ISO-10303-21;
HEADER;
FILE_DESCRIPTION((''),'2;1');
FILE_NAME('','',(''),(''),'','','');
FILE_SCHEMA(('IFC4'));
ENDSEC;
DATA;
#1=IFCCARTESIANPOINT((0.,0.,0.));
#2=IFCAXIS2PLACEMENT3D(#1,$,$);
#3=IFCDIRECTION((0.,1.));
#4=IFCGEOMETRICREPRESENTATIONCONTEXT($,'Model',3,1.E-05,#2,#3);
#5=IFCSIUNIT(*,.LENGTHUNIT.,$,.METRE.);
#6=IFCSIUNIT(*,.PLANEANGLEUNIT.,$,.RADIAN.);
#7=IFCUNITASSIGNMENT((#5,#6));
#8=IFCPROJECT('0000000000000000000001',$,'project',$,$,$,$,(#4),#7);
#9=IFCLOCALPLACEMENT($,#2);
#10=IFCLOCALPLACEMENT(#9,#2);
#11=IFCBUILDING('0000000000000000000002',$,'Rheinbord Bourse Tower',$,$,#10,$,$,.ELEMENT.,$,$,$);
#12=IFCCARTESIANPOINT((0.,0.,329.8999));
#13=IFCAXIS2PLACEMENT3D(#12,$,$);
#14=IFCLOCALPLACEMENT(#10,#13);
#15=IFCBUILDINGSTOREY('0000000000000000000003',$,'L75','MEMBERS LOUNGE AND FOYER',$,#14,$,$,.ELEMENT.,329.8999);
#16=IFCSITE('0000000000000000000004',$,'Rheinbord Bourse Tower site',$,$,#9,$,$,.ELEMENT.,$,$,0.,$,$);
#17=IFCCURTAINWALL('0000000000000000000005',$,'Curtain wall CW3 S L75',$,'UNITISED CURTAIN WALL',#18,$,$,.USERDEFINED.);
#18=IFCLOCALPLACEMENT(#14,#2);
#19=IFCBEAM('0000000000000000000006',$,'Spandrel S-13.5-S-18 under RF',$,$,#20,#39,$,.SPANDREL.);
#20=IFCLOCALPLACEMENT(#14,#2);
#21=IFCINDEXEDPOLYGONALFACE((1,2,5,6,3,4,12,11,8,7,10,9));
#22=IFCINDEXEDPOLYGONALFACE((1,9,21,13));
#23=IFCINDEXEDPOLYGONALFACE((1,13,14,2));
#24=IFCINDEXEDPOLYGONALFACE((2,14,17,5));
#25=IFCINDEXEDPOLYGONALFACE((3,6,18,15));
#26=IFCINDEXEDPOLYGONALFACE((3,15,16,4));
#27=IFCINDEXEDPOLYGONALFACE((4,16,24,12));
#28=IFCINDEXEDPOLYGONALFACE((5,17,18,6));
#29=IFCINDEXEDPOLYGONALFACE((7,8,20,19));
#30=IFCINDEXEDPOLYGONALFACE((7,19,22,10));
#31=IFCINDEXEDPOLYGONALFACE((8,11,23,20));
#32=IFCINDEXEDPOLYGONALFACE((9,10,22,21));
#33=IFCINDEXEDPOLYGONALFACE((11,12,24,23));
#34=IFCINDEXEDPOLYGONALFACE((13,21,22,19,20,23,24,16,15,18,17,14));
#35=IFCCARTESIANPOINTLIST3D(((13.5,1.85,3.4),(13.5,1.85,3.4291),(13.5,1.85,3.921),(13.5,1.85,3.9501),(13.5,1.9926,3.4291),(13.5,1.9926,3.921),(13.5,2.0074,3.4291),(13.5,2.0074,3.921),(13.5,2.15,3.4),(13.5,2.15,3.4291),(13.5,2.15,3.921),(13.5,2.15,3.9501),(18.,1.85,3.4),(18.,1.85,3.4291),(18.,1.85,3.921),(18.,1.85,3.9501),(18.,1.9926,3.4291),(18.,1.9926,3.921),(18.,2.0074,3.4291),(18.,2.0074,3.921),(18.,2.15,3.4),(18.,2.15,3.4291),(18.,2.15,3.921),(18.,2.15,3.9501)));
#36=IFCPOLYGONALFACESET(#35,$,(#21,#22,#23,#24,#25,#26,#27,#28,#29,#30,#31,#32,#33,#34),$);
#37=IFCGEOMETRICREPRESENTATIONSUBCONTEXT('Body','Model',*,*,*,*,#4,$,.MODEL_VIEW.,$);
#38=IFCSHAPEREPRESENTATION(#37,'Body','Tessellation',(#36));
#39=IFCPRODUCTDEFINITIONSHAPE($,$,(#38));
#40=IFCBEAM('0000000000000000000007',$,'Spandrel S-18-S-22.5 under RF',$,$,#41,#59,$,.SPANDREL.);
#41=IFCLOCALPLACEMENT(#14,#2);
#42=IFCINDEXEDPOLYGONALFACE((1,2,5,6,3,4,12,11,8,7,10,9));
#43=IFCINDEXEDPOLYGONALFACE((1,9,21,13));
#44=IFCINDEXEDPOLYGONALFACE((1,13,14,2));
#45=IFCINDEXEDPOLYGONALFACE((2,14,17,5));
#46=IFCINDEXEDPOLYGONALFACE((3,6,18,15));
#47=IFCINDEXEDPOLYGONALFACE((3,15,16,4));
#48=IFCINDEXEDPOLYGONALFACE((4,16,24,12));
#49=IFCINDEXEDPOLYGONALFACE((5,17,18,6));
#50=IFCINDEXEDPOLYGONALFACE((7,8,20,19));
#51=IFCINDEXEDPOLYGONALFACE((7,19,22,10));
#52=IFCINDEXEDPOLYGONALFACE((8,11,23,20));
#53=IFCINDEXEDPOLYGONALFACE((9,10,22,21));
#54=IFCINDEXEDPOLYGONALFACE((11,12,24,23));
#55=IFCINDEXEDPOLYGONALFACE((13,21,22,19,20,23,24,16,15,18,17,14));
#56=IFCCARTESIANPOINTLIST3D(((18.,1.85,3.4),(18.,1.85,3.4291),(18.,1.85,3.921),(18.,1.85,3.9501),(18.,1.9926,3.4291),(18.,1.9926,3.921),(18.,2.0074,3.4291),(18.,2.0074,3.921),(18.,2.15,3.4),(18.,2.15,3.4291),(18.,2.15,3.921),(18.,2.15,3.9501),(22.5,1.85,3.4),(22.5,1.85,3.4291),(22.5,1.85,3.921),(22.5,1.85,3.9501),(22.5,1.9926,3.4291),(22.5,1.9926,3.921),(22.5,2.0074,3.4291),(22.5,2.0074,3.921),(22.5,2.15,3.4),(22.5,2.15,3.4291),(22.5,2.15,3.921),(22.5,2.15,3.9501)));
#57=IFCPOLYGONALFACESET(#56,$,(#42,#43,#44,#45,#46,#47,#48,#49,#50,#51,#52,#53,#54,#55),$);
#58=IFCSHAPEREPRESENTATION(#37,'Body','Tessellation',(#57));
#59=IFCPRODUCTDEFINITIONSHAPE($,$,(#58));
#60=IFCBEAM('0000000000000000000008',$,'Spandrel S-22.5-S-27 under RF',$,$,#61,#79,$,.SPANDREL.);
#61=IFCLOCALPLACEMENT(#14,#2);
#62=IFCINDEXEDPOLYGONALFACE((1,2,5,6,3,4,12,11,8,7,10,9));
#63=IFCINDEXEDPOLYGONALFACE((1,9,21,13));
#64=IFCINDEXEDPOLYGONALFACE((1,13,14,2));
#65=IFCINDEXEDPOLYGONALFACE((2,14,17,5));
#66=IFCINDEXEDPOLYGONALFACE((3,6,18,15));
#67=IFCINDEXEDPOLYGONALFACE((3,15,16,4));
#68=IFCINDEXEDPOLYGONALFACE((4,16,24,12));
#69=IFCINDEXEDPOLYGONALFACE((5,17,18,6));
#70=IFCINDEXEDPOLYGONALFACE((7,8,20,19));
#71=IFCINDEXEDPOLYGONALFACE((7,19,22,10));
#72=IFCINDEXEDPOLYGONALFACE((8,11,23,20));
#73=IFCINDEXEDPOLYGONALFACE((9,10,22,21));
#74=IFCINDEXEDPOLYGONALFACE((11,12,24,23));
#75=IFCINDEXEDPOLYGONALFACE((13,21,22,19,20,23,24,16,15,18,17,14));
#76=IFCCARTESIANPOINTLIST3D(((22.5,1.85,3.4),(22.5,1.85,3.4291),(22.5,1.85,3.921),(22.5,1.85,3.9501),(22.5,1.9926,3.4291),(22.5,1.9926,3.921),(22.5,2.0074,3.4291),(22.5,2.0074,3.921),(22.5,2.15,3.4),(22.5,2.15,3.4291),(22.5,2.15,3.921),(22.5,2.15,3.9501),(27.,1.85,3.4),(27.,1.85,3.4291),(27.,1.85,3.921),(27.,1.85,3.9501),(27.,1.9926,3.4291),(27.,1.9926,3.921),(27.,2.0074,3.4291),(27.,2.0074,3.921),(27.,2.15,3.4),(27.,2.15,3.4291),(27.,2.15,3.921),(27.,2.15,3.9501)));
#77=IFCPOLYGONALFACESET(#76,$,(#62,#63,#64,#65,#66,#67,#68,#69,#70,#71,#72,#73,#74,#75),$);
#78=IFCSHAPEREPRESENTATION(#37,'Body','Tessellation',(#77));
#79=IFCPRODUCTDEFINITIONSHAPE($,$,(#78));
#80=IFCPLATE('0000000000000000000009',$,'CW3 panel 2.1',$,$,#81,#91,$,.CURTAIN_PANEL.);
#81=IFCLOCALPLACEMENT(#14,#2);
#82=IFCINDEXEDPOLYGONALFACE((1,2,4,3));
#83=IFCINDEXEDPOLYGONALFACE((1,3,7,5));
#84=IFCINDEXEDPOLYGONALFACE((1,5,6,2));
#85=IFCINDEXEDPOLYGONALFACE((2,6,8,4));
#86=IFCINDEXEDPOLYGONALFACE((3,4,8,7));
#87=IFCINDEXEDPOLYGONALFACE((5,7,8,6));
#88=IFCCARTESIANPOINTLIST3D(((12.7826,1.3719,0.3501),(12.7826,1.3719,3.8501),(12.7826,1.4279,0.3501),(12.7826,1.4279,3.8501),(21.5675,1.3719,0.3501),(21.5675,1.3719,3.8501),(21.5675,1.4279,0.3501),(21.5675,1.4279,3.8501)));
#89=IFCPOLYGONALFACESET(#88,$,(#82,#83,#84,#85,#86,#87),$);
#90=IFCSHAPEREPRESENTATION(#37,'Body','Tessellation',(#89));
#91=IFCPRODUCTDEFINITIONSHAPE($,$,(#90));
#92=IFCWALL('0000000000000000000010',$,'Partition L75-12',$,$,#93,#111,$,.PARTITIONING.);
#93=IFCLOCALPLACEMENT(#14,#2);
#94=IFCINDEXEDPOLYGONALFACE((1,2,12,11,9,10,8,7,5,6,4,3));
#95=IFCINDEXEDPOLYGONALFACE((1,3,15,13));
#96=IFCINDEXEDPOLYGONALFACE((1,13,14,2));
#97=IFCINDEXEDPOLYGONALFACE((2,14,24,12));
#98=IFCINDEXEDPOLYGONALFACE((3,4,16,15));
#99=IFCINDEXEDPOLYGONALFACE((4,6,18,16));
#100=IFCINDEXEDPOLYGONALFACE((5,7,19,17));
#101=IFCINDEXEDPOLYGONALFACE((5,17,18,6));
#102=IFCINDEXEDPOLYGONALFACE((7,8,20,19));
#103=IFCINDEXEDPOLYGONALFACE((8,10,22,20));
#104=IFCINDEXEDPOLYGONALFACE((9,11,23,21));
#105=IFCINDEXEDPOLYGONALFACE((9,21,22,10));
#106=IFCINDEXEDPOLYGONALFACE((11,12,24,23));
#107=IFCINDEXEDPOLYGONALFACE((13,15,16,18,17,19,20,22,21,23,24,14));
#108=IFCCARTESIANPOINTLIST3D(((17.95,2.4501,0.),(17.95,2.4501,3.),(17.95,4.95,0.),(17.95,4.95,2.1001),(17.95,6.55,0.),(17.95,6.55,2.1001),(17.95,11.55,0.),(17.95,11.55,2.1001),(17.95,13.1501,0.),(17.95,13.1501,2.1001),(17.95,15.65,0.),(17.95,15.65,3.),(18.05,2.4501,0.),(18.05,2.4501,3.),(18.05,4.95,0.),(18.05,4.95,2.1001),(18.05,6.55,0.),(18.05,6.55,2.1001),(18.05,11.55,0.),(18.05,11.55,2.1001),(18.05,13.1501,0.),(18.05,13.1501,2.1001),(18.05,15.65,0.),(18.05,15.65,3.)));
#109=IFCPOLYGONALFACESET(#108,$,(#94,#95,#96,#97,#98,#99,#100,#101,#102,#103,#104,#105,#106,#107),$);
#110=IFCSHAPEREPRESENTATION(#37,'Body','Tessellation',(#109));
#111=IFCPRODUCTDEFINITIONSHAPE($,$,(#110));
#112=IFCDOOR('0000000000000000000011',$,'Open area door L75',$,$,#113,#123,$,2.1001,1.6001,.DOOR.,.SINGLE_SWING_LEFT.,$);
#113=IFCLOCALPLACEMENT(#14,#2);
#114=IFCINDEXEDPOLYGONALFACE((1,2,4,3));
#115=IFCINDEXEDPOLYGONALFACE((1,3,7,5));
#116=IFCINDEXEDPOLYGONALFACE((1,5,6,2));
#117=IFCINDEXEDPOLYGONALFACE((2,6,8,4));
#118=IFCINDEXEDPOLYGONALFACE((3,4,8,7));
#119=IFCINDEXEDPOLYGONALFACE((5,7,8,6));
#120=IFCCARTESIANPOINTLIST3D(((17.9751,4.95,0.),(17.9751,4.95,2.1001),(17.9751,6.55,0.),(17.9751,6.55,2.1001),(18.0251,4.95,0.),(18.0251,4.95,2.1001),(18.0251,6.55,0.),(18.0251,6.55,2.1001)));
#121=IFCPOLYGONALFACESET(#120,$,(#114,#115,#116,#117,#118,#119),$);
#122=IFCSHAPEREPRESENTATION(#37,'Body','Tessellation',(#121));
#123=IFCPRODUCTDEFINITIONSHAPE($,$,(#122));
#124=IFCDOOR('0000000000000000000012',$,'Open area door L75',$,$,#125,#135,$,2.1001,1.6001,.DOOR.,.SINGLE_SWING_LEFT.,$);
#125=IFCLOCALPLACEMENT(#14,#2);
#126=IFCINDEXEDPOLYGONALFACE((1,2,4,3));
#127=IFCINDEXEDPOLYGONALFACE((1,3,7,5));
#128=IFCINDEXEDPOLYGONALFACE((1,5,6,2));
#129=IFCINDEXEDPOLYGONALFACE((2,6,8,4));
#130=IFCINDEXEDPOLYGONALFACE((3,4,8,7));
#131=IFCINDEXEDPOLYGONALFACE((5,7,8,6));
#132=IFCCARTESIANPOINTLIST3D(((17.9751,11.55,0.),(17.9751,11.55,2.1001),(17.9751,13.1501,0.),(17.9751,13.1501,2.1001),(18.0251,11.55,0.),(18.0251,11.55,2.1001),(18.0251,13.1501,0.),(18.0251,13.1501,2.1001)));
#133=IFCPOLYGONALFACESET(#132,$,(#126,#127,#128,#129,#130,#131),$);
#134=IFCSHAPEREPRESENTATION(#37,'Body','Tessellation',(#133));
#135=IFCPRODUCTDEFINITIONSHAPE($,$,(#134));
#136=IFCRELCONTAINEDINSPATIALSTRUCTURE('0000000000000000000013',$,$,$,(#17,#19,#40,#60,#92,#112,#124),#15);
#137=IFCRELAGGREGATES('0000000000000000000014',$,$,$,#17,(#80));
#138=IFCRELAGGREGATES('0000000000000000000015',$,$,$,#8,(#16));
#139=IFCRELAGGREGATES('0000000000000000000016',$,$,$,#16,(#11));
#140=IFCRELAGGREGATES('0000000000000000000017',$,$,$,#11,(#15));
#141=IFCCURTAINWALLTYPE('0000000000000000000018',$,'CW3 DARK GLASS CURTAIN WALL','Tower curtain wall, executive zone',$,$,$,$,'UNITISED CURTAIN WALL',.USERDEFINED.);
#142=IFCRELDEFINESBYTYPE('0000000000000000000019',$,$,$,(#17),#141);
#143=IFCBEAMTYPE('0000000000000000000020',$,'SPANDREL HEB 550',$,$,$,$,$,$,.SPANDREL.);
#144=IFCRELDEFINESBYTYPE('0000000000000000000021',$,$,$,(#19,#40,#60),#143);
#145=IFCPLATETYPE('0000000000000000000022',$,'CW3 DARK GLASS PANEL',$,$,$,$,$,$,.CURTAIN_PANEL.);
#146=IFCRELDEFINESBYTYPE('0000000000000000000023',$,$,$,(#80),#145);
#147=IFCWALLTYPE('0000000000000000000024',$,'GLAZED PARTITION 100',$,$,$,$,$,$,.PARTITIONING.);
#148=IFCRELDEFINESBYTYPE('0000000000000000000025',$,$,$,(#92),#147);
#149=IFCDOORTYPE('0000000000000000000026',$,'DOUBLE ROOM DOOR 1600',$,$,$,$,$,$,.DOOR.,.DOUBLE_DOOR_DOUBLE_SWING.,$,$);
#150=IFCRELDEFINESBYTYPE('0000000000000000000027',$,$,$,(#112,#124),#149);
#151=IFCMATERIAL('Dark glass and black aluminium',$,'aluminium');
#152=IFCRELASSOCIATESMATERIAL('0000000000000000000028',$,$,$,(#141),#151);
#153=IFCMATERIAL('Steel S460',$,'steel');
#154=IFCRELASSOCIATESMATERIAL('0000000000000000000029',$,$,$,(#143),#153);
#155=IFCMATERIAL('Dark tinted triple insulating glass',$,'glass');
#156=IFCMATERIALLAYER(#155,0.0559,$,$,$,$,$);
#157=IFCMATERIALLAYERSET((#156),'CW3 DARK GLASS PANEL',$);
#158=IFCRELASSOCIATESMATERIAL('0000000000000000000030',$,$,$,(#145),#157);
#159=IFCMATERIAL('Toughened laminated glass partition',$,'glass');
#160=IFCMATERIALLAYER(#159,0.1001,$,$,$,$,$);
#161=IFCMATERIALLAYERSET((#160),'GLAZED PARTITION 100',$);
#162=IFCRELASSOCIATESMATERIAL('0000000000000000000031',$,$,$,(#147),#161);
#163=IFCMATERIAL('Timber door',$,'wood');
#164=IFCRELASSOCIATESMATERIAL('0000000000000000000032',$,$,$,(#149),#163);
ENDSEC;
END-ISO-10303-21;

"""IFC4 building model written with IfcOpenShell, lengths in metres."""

from ifc_helpers import new_model, si_unit, direction, frame, frame_2d, origin, origin_2d, place, context, subcontext, project, spatial, rectangle, i_section, extrude, material, layer, layer_set, material_profile, profile_set, type_object, element, fill, aggregate, save


model = new_model("IFC4")

# Units and contexts
model_context = context("Model", 3, precision=1e-05, world=origin(), true_north=direction((0.0, 1.0)))
body_context = subcontext(model_context, "Body", "Model", "MODEL_VIEW")
ifc_project = project(units=[si_unit("LENGTHUNIT", "METRE"), si_unit("PLANEANGLEUNIT", "RADIAN")], contexts=[model_context])

# Site, building, storey
site_placement = place(None, origin())
site = spatial("IfcSite", under=ifc_project, at=site_placement, Name="Rheinbord Bourse Tower site", CompositionType="ELEMENT", RefElevation=0.0)
building_placement = place(site_placement, origin())
building = spatial("IfcBuilding", under=site, at=building_placement, Name="Rheinbord Bourse Tower", CompositionType="ELEMENT")
storey_placement = place(building_placement, frame((0.0, 0.0, 329.8999)))
storey = spatial("IfcBuildingStorey", under=building, at=storey_placement, Name="L75", Description="MEMBERS LOUNGE AND FOYER", CompositionType="ELEMENT", Elevation=329.8999)

# Curtain wall
ifc_material_1 = material(Name="Dark glass and black aluminium", Category="aluminium")
curtain_wall_type = type_object("IfcCurtainWallType", Name="CW3 DARK GLASS CURTAIN WALL", Description="Tower curtain wall, executive zone", ElementType="UNITISED CURTAIN WALL", PredefinedType="USERDEFINED", material=ifc_material_1)
curtain_wall_placement = place(storey_placement, origin())
curtain_wall = element("IfcCurtainWall", 1, at=curtain_wall_placement, inside=storey, type_object=curtain_wall_type, Name="Curtain wall CW3 S L75", ObjectType="UNITISED CURTAIN WALL", PredefinedType="USERDEFINED")

# Beams
ifc_material_2 = material(Name="Steel S460", Category="steel")
ifc_material_profile_1 = material_profile(ifc_material_2, i_section(OverallWidth=0.3, OverallDepth=0.55, WebThickness=0.0149, FlangeThickness=0.0291, at=origin_2d()), Name="HEB 550")
ifc_profile_set_1 = profile_set([ifc_material_profile_1], Name="Steel S460")
beam_type_1 = type_object("IfcBeamType", Name="SPANDREL HEB 550", PredefinedType="SPANDREL", material=ifc_profile_set_1)
for number, where, z_axis, x_axis, name in (
    (2, (13.5, 2.0, 3.675), (1.0, 0.0, 0.0), (0.0, 1.0, 0.0), "Spandrel S-13.5-S-18 under RF"),
    (3, (18.0, 2.0, 3.675), (1.0, 0.0, 0.0), (0.0, 1.0, 0.0), "Spandrel S-18-S-22.5 under RF"),
    (4, (22.5, 2.0, 3.675), (1.0, 0.0, 0.0), (0.0, 1.0, 0.0), "Spandrel S-22.5-S-27 under RF"),
):
    element("IfcBeam", number, at=place(storey_placement, frame(where, z_axis=z_axis, x_axis=x_axis)), inside=storey, type_object=beam_type_1, Name=name, PredefinedType="SPANDREL", context=body_context, shape_type="SweptSolid", body=[
        extrude(i_section(OverallWidth=0.3, OverallDepth=0.55, WebThickness=0.0149, FlangeThickness=0.0291, at=origin_2d()), origin(), (0.0, 0.0, 1.0), 4.5),
    ])

# Plate
ifc_material_3 = material(Name="Dark tinted triple insulating glass", Category="glass")
ifc_layer_1 = layer(ifc_material_3, 0.0559)
ifc_layer_set_1 = layer_set([ifc_layer_1], Name="CW3 DARK GLASS PANEL")
plate_type = type_object("IfcPlateType", Name="CW3 DARK GLASS PANEL", PredefinedType="CURTAIN_PANEL", material=ifc_layer_set_1)
plate_placement = place(storey_placement, frame((17.175, 1.3999, 0.3501), z_axis=(0.0, 0.0, 1.0), x_axis=(1.0, 0.0, 0.0)))
plate = element("IfcPlate", 5, at=plate_placement, type_object=plate_type, Name="CW3 panel 2.1", PredefinedType="CURTAIN_PANEL", context=body_context, shape_type="SweptSolid", body=[
    extrude(rectangle(XDim=8.7849, YDim=0.0559, at=origin_2d()), origin(), (0.0, 0.0, 1.0), 3.5),
])
aggregate(curtain_wall, [plate])

# Wall, openings, doors
ifc_material_4 = material(Name="Toughened laminated glass partition", Category="glass")
ifc_layer_2 = layer(ifc_material_4, 0.1001)
ifc_layer_set_2 = layer_set([ifc_layer_2], Name="GLAZED PARTITION 100")
wall_type = type_object("IfcWallType", Name="GLAZED PARTITION 100", PredefinedType="PARTITIONING", material=ifc_layer_set_2)
wall_placement = place(storey_placement, frame((18.0, 2.45, 0.0), z_axis=(0.0, 0.0, 1.0), x_axis=(0.0, 1.0, 0.0)))
wall = element("IfcWall", 6, at=wall_placement, inside=storey, type_object=wall_type, Name="Partition L75-12", PredefinedType="PARTITIONING", context=body_context, shape_type="SweptSolid", body=[
    extrude(rectangle(XDim=13.2, YDim=0.1001, at=frame_2d((6.6001, 0.0))), origin(), (0.0, 0.0, 1.0), 3.0),
])
opening_1_placement = place(wall_placement, frame((2.5, 0.0, 0.0)))
opening_1 = element("IfcOpeningElement", 7, at=opening_1_placement, cuts=wall, PredefinedType="OPENING", context=body_context, shape_type="SweptSolid", body=[
    extrude(rectangle(XDim=1.6001, YDim=2.1001, at=frame_2d((0.8, 1.05))), frame((0.0, 0.0601, 0.0), z_axis=(0.0, -1.0, 0.0), x_axis=(1.0, 0.0, 0.0)), (0.0, 0.0, 1.0), 0.1201),
])
opening_2_placement = place(wall_placement, frame((9.1001, 0.0, 0.0)))
opening_2 = element("IfcOpeningElement", 8, at=opening_2_placement, cuts=wall, PredefinedType="OPENING", context=body_context, shape_type="SweptSolid", body=[
    extrude(rectangle(XDim=1.6001, YDim=2.1001, at=frame_2d((0.8, 1.05))), frame((0.0, 0.0601, 0.0), z_axis=(0.0, -1.0, 0.0), x_axis=(1.0, 0.0, 0.0)), (0.0, 0.0, 1.0), 0.1201),
])
ifc_material_5 = material(Name="Timber door", Category="wood")
door_type = type_object("IfcDoorType", Name="DOUBLE ROOM DOOR 1600", OperationType="DOUBLE_DOOR_DOUBLE_SWING", PredefinedType="DOOR", material=ifc_material_5)
door_1_placement = place(opening_1_placement, origin())
door_1 = element("IfcDoor", 9, at=door_1_placement, inside=storey, type_object=door_type, Name="Open area door L75", OperationType="SINGLE_SWING_LEFT", OverallHeight=2.1001, OverallWidth=1.6001, PredefinedType="DOOR", context=body_context, shape_type="SweptSolid", body=[
    extrude(rectangle(XDim=1.6001, YDim=2.1001, at=frame_2d((0.8, 1.05))), frame((0.0, 0.0249, 0.0), z_axis=(0.0, -1.0, 0.0), x_axis=(1.0, 0.0, 0.0)), (0.0, 0.0, 1.0), 0.05),
])
fill(opening_1, door_1)
door_2_placement = place(opening_2_placement, origin())
door_2 = element("IfcDoor", 10, at=door_2_placement, inside=storey, type_object=door_type, Name="Open area door L75", OperationType="SINGLE_SWING_LEFT", OverallHeight=2.1001, OverallWidth=1.6001, PredefinedType="DOOR", context=body_context, shape_type="SweptSolid", body=[
    extrude(rectangle(XDim=1.6001, YDim=2.1001, at=frame_2d((0.8, 1.05))), frame((0.0, 0.0249, 0.0), z_axis=(0.0, -1.0, 0.0), x_axis=(1.0, 0.0, 0.0)), (0.0, 0.0, 1.0), 0.05),
])
fill(opening_2, door_2)

save(model, "model.ifc")
